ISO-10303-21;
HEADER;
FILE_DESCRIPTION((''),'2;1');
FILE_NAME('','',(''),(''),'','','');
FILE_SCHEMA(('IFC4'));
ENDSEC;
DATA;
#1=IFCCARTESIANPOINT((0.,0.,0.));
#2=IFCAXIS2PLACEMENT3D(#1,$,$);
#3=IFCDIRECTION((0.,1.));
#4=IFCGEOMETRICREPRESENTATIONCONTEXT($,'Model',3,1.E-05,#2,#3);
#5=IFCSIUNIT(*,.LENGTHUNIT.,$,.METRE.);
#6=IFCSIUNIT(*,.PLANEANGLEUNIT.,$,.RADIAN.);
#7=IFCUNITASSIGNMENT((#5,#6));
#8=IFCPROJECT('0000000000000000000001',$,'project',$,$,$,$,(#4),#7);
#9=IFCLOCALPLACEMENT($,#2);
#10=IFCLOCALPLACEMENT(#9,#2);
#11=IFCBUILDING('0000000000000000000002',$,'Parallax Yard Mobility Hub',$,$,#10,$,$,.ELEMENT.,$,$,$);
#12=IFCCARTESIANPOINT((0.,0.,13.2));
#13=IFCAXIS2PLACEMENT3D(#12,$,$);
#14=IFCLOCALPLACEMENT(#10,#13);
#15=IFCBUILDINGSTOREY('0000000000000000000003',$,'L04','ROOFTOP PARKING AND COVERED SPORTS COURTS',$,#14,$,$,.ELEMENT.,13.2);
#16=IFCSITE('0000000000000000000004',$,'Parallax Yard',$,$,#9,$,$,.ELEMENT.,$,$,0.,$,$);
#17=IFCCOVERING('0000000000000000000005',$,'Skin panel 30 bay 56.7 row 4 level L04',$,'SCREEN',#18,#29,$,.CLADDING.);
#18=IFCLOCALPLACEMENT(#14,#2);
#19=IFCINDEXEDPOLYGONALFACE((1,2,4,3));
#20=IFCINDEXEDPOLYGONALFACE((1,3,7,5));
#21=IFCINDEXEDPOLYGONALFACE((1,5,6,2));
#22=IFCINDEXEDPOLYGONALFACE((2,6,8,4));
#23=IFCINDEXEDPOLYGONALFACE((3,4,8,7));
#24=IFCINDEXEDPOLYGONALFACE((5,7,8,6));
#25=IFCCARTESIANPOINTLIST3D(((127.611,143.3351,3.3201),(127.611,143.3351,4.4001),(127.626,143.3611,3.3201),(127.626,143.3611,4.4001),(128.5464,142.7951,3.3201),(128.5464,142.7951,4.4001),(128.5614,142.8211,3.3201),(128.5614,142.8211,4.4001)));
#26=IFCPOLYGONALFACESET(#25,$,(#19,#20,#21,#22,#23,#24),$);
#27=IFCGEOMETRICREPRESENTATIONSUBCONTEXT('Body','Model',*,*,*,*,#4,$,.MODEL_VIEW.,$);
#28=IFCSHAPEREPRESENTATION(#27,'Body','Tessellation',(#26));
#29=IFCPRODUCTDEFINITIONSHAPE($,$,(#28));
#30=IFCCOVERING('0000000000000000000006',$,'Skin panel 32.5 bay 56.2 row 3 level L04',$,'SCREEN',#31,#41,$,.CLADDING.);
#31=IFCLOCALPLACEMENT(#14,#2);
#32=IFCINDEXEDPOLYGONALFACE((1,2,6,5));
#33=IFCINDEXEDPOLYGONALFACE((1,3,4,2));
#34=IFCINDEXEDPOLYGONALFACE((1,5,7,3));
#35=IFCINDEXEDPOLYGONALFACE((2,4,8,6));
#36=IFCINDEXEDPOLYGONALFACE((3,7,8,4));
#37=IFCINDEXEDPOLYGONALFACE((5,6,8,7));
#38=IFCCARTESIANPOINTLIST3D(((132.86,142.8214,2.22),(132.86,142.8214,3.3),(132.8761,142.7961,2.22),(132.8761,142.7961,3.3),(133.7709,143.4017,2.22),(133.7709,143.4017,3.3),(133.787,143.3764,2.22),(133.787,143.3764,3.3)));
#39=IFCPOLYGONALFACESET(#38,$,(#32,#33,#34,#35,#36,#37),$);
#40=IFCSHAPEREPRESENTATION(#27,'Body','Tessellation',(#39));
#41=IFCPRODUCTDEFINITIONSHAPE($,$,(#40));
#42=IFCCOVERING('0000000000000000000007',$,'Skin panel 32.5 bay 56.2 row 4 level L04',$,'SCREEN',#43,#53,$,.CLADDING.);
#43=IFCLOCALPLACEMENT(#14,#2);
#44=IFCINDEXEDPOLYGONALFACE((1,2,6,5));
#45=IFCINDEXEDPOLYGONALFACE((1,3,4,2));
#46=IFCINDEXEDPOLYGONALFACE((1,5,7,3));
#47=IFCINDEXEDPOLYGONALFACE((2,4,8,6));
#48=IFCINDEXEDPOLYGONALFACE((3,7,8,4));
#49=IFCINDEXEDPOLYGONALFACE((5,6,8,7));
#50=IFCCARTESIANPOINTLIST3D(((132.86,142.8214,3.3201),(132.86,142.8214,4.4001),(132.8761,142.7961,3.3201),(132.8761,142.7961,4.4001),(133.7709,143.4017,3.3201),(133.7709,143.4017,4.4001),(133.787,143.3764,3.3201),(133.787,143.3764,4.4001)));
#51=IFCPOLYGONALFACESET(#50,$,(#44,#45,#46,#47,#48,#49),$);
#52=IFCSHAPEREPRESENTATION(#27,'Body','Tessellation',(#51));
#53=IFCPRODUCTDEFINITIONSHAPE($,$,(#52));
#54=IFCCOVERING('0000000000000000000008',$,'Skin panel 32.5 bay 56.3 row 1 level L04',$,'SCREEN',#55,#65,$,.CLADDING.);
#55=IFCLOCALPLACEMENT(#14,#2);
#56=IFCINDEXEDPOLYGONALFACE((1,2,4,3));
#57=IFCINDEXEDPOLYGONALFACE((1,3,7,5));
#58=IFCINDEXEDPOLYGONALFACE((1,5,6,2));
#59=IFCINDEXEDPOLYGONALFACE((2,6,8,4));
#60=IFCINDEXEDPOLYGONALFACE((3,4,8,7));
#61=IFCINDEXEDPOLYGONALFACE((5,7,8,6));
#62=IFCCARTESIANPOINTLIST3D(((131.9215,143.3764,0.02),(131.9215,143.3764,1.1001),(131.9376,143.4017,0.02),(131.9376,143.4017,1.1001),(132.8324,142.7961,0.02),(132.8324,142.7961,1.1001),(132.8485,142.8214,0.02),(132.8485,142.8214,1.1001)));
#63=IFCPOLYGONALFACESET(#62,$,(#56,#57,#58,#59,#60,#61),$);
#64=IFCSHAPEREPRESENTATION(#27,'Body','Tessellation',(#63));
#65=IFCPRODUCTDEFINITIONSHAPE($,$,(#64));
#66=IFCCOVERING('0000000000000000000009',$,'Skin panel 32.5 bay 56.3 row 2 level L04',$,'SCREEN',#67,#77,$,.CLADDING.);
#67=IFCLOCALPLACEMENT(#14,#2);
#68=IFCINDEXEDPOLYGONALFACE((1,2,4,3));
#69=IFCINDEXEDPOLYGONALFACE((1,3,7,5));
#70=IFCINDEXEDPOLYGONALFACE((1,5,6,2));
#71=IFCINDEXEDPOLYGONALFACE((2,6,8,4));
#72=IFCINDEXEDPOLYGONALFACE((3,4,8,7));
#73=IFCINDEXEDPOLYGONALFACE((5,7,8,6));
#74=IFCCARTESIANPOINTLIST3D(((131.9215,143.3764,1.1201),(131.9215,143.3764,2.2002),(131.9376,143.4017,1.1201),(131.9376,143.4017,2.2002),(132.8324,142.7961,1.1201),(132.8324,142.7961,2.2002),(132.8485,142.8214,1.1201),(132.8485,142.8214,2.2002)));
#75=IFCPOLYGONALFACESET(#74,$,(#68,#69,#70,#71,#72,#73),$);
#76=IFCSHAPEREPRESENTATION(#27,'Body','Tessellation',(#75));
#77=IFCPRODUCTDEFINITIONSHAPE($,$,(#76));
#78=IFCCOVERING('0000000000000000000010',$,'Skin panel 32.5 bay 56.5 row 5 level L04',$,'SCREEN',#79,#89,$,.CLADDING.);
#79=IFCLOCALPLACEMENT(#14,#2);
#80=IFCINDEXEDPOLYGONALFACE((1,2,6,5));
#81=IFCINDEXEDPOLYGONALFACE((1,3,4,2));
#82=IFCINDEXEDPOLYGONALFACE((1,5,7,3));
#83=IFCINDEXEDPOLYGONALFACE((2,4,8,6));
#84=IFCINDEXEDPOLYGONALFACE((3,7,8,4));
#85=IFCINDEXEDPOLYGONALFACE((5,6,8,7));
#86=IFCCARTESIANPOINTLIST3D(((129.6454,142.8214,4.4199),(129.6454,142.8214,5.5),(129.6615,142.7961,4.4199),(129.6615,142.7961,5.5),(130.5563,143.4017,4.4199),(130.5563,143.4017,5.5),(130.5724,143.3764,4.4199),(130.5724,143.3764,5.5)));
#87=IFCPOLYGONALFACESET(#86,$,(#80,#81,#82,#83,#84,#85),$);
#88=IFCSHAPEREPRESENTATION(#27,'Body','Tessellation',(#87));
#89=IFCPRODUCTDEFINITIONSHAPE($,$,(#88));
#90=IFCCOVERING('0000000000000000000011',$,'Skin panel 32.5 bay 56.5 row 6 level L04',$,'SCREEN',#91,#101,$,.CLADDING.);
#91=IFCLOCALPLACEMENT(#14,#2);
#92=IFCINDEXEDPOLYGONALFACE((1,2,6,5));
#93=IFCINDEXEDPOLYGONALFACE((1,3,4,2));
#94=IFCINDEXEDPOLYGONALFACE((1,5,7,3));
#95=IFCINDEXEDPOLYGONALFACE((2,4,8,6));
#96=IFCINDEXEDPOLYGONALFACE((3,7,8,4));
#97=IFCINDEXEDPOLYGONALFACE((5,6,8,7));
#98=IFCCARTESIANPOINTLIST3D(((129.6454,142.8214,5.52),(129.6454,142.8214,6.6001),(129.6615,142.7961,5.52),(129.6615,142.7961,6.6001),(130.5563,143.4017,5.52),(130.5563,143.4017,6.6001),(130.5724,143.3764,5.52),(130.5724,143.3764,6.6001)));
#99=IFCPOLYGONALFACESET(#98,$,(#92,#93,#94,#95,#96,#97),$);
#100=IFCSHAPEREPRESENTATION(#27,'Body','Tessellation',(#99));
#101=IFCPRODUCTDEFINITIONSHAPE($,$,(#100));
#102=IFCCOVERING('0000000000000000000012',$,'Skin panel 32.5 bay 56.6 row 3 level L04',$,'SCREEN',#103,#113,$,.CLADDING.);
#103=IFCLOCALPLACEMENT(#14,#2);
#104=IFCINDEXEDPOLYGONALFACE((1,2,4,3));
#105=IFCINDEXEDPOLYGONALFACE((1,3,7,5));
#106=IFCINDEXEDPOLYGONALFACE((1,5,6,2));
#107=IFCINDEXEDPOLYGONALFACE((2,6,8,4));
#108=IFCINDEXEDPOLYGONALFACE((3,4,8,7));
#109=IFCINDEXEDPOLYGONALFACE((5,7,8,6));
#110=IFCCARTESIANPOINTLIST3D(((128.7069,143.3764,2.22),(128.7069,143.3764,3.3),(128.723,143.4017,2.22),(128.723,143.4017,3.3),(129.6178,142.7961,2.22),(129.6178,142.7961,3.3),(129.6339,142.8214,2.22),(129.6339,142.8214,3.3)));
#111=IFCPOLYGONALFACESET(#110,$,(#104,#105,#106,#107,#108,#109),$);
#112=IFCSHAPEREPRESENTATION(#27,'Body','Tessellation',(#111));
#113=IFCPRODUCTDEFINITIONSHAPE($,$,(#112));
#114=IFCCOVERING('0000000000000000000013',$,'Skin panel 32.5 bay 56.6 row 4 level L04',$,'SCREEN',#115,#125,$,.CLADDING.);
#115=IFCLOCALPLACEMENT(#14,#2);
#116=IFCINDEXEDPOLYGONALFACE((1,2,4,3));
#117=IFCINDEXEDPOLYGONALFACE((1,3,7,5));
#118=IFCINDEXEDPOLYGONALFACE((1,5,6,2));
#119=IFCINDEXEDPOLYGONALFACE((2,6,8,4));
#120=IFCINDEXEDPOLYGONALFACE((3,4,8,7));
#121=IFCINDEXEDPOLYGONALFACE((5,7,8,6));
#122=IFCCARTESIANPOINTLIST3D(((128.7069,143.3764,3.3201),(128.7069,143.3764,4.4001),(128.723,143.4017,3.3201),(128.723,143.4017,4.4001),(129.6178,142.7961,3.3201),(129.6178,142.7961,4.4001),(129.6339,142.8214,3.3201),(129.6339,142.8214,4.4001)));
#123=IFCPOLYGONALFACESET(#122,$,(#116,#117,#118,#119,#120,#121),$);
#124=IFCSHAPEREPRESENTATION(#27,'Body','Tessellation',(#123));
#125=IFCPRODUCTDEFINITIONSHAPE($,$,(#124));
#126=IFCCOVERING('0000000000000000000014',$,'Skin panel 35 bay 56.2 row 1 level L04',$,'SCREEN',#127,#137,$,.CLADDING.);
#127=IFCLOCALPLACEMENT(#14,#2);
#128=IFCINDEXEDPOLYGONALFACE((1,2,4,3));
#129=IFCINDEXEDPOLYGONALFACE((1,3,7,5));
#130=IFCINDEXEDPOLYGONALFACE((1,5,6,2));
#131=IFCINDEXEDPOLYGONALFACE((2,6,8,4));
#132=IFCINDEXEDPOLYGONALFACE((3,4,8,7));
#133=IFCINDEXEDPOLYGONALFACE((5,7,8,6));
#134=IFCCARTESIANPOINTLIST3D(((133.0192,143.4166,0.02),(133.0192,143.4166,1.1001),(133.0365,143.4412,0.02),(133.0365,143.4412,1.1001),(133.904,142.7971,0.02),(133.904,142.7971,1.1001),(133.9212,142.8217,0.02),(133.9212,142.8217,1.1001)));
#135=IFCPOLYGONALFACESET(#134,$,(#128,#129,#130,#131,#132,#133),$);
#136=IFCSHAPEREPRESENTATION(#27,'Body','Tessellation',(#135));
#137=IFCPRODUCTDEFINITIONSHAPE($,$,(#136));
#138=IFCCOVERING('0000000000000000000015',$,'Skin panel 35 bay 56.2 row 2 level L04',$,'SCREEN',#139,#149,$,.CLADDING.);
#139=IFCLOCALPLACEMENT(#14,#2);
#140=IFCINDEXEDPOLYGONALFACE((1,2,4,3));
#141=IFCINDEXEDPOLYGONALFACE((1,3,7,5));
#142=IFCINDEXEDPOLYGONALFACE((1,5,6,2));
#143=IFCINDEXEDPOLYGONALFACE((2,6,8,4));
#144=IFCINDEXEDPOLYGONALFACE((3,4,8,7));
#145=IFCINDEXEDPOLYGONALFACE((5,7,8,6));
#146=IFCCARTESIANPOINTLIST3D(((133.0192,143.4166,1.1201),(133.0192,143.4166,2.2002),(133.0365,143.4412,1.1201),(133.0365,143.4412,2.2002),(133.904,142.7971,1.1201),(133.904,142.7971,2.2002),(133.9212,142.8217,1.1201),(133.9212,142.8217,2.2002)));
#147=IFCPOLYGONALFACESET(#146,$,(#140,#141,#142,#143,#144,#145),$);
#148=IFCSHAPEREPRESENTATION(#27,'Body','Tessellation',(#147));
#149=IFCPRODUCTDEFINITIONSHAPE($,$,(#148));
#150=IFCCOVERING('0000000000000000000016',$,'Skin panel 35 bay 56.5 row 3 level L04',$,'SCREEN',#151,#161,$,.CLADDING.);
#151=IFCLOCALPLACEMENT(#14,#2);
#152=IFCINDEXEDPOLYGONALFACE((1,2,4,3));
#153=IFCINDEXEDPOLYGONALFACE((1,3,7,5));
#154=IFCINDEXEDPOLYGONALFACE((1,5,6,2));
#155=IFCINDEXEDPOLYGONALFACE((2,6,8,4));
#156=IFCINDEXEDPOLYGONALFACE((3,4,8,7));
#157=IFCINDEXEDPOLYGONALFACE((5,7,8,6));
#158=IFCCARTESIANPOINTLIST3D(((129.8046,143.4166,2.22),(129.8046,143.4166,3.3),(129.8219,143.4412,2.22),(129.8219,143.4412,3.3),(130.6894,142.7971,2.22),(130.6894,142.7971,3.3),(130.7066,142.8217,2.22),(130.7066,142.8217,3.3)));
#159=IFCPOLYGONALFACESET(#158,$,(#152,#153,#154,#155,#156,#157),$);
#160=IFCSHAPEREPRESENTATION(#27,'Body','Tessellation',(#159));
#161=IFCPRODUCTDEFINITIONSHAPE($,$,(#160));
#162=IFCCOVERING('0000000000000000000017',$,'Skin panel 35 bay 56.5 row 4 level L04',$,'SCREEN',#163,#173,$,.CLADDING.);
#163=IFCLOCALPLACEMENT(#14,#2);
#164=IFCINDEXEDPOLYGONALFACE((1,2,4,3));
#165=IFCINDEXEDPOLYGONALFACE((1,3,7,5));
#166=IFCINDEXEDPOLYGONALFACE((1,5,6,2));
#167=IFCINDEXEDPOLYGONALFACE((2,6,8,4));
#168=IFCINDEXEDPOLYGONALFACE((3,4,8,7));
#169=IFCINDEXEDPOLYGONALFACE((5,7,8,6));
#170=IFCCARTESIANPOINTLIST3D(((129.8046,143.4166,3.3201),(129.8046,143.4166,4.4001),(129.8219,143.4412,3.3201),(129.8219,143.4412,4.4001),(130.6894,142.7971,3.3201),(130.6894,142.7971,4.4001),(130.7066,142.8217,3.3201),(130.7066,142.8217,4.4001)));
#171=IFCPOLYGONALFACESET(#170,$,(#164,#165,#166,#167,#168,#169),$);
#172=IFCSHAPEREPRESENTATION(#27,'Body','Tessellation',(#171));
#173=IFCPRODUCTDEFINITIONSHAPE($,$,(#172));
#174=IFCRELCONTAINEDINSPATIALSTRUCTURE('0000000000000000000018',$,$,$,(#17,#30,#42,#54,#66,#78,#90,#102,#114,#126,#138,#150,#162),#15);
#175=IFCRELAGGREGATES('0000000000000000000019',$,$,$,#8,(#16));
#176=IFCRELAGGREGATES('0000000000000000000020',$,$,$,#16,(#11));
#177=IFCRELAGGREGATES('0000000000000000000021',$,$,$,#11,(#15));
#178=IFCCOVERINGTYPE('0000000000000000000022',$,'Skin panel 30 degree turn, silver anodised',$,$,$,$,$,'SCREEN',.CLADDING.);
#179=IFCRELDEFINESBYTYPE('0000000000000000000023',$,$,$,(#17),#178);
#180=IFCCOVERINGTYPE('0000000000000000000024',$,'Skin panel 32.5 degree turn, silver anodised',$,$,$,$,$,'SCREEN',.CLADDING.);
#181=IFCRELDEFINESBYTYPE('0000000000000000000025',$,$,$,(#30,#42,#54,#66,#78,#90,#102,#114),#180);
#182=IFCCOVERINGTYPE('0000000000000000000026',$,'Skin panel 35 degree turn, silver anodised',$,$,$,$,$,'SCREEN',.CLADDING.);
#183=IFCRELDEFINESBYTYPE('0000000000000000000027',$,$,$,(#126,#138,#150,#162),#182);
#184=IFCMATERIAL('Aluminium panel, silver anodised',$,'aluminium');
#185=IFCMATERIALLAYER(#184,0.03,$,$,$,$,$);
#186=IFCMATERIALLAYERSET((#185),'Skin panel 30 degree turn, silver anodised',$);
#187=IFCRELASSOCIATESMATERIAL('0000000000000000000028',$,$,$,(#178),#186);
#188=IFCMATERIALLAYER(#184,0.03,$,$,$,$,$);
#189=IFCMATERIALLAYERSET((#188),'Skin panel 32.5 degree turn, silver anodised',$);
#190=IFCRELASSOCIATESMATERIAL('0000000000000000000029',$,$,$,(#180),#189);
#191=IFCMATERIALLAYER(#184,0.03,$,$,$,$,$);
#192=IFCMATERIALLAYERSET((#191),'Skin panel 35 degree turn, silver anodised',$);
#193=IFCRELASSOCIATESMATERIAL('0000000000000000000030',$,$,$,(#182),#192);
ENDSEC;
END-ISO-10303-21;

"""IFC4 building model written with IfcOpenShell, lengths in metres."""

from ifc_helpers import new_model, si_unit, direction, frame, origin, origin_2d, place, context, subcontext, project, spatial, rectangle, extrude, material, layer, layer_set, type_object, element, save


model = new_model("IFC4")

# Units and contexts
model_context = context("Model", 3, precision=1e-05, world=origin(), true_north=direction((0.0, 1.0)))
body_context = subcontext(model_context, "Body", "Model", "MODEL_VIEW")
ifc_project = project(units=[si_unit("LENGTHUNIT", "METRE"), si_unit("PLANEANGLEUNIT", "RADIAN")], contexts=[model_context])

# Site, building, storey
site_placement = place(None, origin())
site = spatial("IfcSite", under=ifc_project, at=site_placement, Name="Parallax Yard", CompositionType="ELEMENT", RefElevation=0.0)
building_placement = place(site_placement, origin())
building = spatial("IfcBuilding", under=site, at=building_placement, Name="Parallax Yard Mobility Hub", CompositionType="ELEMENT")
storey_placement = place(building_placement, frame((0.0, 0.0, 13.2)))
storey = spatial("IfcBuildingStorey", under=building, at=storey_placement, Name="L04", Description="ROOFTOP PARKING AND COVERED SPORTS COURTS", CompositionType="ELEMENT", Elevation=13.2)

# Coverings
ifc_material = material(Name="Aluminium panel, silver anodised", Category="aluminium")
ifc_layer_1 = layer(ifc_material, 0.03)
ifc_layer_set_1 = layer_set([ifc_layer_1], Name="Skin panel 30 degree turn, silver anodised")
covering_type_1 = type_object("IfcCoveringType", Name="Skin panel 30 degree turn, silver anodised", ElementType="SCREEN", PredefinedType="CLADDING", material=ifc_layer_set_1)
for number, where, z_axis, x_axis, name in (
    (1, (128.0862, 143.0781, 3.3201), (0.0, 0.0, 1.0), (-0.866025, 0.5, 0.0), "Skin panel 30 bay 56.7 row 4 level L04"),
):
    element("IfcCovering", number, at=place(storey_placement, frame(where, z_axis=z_axis, x_axis=x_axis)), inside=storey, type_object=covering_type_1, Name=name, ObjectType="SCREEN", PredefinedType="CLADDING", context=body_context, shape_type="SweptSolid", body=[
        extrude(rectangle(XDim=1.0801, YDim=0.03, at=origin_2d()), origin(), (0.0, 0.0, 1.0), 1.0801),
    ])
ifc_layer_2 = layer(ifc_material, 0.03)
ifc_layer_set_2 = layer_set([ifc_layer_2], Name="Skin panel 32.5 degree turn, silver anodised")
covering_type_2 = type_object("IfcCoveringType", Name="Skin panel 32.5 degree turn, silver anodised", ElementType="SCREEN", PredefinedType="CLADDING", material=ifc_layer_set_2)
for number, where, z_axis, x_axis, name in (
    (2, (133.3235, 143.0989, 2.22), (0.0, 0.0, 1.0), (0.843391, 0.5373, 0.0), "Skin panel 32.5 bay 56.2 row 3 level L04"),
    (3, (133.3235, 143.0989, 3.3201), (0.0, 0.0, 1.0), (0.843391, 0.5373, 0.0), "Skin panel 32.5 bay 56.2 row 4 level L04"),
    (4, (132.385, 143.0989, 0.02), (0.0, 0.0, 1.0), (-0.843391, 0.5373, 0.0), "Skin panel 32.5 bay 56.3 row 1 level L04"),
    (5, (132.385, 143.0989, 1.1201), (0.0, 0.0, 1.0), (-0.843391, 0.5373, 0.0), "Skin panel 32.5 bay 56.3 row 2 level L04"),
    (6, (130.1089, 143.0989, 4.4199), (0.0, 0.0, 1.0), (0.843391, 0.5373, 0.0), "Skin panel 32.5 bay 56.5 row 5 level L04"),
    (7, (130.1089, 143.0989, 5.52), (0.0, 0.0, 1.0), (0.843391, 0.5373, 0.0), "Skin panel 32.5 bay 56.5 row 6 level L04"),
    (8, (129.1704, 143.0989, 2.22), (0.0, 0.0, 1.0), (-0.843391, 0.5373, 0.0), "Skin panel 32.5 bay 56.6 row 3 level L04"),
    (9, (129.1704, 143.0989, 3.3201), (0.0, 0.0, 1.0), (-0.843391, 0.5373, 0.0), "Skin panel 32.5 bay 56.6 row 4 level L04"),
):
    element("IfcCovering", number, at=place(storey_placement, frame(where, z_axis=z_axis, x_axis=x_axis)), inside=storey, type_object=covering_type_2, Name=name, ObjectType="SCREEN", PredefinedType="CLADDING", context=body_context, shape_type="SweptSolid", body=[
        extrude(rectangle(XDim=1.0801, YDim=0.03, at=origin_2d()), origin(), (0.0, 0.0, 1.0), 1.0801),
    ])
ifc_layer_3 = layer(ifc_material, 0.03)
ifc_layer_set_3 = layer_set([ifc_layer_3], Name="Skin panel 35 degree turn, silver anodised")
covering_type_3 = type_object("IfcCoveringType", Name="Skin panel 35 degree turn, silver anodised", ElementType="SCREEN", PredefinedType="CLADDING", material=ifc_layer_set_3)
for number, where, z_axis, x_axis, name in (
    (10, (133.4702, 143.1191, 0.02), (0.0, 0.0, 1.0), (-0.819152, 0.573576, 0.0), "Skin panel 35 bay 56.2 row 1 level L04"),
    (11, (133.4702, 143.1191, 1.1201), (0.0, 0.0, 1.0), (-0.819152, 0.573576, 0.0), "Skin panel 35 bay 56.2 row 2 level L04"),
    (12, (130.2556, 143.1191, 2.22), (0.0, 0.0, 1.0), (-0.819152, 0.573576, 0.0), "Skin panel 35 bay 56.5 row 3 level L04"),
    (13, (130.2556, 143.1191, 3.3201), (0.0, 0.0, 1.0), (-0.819152, 0.573576, 0.0), "Skin panel 35 bay 56.5 row 4 level L04"),
):
    element("IfcCovering", number, at=place(storey_placement, frame(where, z_axis=z_axis, x_axis=x_axis)), inside=storey, type_object=covering_type_3, Name=name, ObjectType="SCREEN", PredefinedType="CLADDING", context=body_context, shape_type="SweptSolid", body=[
        extrude(rectangle(XDim=1.0801, YDim=0.03, at=origin_2d()), origin(), (0.0, 0.0, 1.0), 1.0801),
    ])

save(model, "model.ifc")
